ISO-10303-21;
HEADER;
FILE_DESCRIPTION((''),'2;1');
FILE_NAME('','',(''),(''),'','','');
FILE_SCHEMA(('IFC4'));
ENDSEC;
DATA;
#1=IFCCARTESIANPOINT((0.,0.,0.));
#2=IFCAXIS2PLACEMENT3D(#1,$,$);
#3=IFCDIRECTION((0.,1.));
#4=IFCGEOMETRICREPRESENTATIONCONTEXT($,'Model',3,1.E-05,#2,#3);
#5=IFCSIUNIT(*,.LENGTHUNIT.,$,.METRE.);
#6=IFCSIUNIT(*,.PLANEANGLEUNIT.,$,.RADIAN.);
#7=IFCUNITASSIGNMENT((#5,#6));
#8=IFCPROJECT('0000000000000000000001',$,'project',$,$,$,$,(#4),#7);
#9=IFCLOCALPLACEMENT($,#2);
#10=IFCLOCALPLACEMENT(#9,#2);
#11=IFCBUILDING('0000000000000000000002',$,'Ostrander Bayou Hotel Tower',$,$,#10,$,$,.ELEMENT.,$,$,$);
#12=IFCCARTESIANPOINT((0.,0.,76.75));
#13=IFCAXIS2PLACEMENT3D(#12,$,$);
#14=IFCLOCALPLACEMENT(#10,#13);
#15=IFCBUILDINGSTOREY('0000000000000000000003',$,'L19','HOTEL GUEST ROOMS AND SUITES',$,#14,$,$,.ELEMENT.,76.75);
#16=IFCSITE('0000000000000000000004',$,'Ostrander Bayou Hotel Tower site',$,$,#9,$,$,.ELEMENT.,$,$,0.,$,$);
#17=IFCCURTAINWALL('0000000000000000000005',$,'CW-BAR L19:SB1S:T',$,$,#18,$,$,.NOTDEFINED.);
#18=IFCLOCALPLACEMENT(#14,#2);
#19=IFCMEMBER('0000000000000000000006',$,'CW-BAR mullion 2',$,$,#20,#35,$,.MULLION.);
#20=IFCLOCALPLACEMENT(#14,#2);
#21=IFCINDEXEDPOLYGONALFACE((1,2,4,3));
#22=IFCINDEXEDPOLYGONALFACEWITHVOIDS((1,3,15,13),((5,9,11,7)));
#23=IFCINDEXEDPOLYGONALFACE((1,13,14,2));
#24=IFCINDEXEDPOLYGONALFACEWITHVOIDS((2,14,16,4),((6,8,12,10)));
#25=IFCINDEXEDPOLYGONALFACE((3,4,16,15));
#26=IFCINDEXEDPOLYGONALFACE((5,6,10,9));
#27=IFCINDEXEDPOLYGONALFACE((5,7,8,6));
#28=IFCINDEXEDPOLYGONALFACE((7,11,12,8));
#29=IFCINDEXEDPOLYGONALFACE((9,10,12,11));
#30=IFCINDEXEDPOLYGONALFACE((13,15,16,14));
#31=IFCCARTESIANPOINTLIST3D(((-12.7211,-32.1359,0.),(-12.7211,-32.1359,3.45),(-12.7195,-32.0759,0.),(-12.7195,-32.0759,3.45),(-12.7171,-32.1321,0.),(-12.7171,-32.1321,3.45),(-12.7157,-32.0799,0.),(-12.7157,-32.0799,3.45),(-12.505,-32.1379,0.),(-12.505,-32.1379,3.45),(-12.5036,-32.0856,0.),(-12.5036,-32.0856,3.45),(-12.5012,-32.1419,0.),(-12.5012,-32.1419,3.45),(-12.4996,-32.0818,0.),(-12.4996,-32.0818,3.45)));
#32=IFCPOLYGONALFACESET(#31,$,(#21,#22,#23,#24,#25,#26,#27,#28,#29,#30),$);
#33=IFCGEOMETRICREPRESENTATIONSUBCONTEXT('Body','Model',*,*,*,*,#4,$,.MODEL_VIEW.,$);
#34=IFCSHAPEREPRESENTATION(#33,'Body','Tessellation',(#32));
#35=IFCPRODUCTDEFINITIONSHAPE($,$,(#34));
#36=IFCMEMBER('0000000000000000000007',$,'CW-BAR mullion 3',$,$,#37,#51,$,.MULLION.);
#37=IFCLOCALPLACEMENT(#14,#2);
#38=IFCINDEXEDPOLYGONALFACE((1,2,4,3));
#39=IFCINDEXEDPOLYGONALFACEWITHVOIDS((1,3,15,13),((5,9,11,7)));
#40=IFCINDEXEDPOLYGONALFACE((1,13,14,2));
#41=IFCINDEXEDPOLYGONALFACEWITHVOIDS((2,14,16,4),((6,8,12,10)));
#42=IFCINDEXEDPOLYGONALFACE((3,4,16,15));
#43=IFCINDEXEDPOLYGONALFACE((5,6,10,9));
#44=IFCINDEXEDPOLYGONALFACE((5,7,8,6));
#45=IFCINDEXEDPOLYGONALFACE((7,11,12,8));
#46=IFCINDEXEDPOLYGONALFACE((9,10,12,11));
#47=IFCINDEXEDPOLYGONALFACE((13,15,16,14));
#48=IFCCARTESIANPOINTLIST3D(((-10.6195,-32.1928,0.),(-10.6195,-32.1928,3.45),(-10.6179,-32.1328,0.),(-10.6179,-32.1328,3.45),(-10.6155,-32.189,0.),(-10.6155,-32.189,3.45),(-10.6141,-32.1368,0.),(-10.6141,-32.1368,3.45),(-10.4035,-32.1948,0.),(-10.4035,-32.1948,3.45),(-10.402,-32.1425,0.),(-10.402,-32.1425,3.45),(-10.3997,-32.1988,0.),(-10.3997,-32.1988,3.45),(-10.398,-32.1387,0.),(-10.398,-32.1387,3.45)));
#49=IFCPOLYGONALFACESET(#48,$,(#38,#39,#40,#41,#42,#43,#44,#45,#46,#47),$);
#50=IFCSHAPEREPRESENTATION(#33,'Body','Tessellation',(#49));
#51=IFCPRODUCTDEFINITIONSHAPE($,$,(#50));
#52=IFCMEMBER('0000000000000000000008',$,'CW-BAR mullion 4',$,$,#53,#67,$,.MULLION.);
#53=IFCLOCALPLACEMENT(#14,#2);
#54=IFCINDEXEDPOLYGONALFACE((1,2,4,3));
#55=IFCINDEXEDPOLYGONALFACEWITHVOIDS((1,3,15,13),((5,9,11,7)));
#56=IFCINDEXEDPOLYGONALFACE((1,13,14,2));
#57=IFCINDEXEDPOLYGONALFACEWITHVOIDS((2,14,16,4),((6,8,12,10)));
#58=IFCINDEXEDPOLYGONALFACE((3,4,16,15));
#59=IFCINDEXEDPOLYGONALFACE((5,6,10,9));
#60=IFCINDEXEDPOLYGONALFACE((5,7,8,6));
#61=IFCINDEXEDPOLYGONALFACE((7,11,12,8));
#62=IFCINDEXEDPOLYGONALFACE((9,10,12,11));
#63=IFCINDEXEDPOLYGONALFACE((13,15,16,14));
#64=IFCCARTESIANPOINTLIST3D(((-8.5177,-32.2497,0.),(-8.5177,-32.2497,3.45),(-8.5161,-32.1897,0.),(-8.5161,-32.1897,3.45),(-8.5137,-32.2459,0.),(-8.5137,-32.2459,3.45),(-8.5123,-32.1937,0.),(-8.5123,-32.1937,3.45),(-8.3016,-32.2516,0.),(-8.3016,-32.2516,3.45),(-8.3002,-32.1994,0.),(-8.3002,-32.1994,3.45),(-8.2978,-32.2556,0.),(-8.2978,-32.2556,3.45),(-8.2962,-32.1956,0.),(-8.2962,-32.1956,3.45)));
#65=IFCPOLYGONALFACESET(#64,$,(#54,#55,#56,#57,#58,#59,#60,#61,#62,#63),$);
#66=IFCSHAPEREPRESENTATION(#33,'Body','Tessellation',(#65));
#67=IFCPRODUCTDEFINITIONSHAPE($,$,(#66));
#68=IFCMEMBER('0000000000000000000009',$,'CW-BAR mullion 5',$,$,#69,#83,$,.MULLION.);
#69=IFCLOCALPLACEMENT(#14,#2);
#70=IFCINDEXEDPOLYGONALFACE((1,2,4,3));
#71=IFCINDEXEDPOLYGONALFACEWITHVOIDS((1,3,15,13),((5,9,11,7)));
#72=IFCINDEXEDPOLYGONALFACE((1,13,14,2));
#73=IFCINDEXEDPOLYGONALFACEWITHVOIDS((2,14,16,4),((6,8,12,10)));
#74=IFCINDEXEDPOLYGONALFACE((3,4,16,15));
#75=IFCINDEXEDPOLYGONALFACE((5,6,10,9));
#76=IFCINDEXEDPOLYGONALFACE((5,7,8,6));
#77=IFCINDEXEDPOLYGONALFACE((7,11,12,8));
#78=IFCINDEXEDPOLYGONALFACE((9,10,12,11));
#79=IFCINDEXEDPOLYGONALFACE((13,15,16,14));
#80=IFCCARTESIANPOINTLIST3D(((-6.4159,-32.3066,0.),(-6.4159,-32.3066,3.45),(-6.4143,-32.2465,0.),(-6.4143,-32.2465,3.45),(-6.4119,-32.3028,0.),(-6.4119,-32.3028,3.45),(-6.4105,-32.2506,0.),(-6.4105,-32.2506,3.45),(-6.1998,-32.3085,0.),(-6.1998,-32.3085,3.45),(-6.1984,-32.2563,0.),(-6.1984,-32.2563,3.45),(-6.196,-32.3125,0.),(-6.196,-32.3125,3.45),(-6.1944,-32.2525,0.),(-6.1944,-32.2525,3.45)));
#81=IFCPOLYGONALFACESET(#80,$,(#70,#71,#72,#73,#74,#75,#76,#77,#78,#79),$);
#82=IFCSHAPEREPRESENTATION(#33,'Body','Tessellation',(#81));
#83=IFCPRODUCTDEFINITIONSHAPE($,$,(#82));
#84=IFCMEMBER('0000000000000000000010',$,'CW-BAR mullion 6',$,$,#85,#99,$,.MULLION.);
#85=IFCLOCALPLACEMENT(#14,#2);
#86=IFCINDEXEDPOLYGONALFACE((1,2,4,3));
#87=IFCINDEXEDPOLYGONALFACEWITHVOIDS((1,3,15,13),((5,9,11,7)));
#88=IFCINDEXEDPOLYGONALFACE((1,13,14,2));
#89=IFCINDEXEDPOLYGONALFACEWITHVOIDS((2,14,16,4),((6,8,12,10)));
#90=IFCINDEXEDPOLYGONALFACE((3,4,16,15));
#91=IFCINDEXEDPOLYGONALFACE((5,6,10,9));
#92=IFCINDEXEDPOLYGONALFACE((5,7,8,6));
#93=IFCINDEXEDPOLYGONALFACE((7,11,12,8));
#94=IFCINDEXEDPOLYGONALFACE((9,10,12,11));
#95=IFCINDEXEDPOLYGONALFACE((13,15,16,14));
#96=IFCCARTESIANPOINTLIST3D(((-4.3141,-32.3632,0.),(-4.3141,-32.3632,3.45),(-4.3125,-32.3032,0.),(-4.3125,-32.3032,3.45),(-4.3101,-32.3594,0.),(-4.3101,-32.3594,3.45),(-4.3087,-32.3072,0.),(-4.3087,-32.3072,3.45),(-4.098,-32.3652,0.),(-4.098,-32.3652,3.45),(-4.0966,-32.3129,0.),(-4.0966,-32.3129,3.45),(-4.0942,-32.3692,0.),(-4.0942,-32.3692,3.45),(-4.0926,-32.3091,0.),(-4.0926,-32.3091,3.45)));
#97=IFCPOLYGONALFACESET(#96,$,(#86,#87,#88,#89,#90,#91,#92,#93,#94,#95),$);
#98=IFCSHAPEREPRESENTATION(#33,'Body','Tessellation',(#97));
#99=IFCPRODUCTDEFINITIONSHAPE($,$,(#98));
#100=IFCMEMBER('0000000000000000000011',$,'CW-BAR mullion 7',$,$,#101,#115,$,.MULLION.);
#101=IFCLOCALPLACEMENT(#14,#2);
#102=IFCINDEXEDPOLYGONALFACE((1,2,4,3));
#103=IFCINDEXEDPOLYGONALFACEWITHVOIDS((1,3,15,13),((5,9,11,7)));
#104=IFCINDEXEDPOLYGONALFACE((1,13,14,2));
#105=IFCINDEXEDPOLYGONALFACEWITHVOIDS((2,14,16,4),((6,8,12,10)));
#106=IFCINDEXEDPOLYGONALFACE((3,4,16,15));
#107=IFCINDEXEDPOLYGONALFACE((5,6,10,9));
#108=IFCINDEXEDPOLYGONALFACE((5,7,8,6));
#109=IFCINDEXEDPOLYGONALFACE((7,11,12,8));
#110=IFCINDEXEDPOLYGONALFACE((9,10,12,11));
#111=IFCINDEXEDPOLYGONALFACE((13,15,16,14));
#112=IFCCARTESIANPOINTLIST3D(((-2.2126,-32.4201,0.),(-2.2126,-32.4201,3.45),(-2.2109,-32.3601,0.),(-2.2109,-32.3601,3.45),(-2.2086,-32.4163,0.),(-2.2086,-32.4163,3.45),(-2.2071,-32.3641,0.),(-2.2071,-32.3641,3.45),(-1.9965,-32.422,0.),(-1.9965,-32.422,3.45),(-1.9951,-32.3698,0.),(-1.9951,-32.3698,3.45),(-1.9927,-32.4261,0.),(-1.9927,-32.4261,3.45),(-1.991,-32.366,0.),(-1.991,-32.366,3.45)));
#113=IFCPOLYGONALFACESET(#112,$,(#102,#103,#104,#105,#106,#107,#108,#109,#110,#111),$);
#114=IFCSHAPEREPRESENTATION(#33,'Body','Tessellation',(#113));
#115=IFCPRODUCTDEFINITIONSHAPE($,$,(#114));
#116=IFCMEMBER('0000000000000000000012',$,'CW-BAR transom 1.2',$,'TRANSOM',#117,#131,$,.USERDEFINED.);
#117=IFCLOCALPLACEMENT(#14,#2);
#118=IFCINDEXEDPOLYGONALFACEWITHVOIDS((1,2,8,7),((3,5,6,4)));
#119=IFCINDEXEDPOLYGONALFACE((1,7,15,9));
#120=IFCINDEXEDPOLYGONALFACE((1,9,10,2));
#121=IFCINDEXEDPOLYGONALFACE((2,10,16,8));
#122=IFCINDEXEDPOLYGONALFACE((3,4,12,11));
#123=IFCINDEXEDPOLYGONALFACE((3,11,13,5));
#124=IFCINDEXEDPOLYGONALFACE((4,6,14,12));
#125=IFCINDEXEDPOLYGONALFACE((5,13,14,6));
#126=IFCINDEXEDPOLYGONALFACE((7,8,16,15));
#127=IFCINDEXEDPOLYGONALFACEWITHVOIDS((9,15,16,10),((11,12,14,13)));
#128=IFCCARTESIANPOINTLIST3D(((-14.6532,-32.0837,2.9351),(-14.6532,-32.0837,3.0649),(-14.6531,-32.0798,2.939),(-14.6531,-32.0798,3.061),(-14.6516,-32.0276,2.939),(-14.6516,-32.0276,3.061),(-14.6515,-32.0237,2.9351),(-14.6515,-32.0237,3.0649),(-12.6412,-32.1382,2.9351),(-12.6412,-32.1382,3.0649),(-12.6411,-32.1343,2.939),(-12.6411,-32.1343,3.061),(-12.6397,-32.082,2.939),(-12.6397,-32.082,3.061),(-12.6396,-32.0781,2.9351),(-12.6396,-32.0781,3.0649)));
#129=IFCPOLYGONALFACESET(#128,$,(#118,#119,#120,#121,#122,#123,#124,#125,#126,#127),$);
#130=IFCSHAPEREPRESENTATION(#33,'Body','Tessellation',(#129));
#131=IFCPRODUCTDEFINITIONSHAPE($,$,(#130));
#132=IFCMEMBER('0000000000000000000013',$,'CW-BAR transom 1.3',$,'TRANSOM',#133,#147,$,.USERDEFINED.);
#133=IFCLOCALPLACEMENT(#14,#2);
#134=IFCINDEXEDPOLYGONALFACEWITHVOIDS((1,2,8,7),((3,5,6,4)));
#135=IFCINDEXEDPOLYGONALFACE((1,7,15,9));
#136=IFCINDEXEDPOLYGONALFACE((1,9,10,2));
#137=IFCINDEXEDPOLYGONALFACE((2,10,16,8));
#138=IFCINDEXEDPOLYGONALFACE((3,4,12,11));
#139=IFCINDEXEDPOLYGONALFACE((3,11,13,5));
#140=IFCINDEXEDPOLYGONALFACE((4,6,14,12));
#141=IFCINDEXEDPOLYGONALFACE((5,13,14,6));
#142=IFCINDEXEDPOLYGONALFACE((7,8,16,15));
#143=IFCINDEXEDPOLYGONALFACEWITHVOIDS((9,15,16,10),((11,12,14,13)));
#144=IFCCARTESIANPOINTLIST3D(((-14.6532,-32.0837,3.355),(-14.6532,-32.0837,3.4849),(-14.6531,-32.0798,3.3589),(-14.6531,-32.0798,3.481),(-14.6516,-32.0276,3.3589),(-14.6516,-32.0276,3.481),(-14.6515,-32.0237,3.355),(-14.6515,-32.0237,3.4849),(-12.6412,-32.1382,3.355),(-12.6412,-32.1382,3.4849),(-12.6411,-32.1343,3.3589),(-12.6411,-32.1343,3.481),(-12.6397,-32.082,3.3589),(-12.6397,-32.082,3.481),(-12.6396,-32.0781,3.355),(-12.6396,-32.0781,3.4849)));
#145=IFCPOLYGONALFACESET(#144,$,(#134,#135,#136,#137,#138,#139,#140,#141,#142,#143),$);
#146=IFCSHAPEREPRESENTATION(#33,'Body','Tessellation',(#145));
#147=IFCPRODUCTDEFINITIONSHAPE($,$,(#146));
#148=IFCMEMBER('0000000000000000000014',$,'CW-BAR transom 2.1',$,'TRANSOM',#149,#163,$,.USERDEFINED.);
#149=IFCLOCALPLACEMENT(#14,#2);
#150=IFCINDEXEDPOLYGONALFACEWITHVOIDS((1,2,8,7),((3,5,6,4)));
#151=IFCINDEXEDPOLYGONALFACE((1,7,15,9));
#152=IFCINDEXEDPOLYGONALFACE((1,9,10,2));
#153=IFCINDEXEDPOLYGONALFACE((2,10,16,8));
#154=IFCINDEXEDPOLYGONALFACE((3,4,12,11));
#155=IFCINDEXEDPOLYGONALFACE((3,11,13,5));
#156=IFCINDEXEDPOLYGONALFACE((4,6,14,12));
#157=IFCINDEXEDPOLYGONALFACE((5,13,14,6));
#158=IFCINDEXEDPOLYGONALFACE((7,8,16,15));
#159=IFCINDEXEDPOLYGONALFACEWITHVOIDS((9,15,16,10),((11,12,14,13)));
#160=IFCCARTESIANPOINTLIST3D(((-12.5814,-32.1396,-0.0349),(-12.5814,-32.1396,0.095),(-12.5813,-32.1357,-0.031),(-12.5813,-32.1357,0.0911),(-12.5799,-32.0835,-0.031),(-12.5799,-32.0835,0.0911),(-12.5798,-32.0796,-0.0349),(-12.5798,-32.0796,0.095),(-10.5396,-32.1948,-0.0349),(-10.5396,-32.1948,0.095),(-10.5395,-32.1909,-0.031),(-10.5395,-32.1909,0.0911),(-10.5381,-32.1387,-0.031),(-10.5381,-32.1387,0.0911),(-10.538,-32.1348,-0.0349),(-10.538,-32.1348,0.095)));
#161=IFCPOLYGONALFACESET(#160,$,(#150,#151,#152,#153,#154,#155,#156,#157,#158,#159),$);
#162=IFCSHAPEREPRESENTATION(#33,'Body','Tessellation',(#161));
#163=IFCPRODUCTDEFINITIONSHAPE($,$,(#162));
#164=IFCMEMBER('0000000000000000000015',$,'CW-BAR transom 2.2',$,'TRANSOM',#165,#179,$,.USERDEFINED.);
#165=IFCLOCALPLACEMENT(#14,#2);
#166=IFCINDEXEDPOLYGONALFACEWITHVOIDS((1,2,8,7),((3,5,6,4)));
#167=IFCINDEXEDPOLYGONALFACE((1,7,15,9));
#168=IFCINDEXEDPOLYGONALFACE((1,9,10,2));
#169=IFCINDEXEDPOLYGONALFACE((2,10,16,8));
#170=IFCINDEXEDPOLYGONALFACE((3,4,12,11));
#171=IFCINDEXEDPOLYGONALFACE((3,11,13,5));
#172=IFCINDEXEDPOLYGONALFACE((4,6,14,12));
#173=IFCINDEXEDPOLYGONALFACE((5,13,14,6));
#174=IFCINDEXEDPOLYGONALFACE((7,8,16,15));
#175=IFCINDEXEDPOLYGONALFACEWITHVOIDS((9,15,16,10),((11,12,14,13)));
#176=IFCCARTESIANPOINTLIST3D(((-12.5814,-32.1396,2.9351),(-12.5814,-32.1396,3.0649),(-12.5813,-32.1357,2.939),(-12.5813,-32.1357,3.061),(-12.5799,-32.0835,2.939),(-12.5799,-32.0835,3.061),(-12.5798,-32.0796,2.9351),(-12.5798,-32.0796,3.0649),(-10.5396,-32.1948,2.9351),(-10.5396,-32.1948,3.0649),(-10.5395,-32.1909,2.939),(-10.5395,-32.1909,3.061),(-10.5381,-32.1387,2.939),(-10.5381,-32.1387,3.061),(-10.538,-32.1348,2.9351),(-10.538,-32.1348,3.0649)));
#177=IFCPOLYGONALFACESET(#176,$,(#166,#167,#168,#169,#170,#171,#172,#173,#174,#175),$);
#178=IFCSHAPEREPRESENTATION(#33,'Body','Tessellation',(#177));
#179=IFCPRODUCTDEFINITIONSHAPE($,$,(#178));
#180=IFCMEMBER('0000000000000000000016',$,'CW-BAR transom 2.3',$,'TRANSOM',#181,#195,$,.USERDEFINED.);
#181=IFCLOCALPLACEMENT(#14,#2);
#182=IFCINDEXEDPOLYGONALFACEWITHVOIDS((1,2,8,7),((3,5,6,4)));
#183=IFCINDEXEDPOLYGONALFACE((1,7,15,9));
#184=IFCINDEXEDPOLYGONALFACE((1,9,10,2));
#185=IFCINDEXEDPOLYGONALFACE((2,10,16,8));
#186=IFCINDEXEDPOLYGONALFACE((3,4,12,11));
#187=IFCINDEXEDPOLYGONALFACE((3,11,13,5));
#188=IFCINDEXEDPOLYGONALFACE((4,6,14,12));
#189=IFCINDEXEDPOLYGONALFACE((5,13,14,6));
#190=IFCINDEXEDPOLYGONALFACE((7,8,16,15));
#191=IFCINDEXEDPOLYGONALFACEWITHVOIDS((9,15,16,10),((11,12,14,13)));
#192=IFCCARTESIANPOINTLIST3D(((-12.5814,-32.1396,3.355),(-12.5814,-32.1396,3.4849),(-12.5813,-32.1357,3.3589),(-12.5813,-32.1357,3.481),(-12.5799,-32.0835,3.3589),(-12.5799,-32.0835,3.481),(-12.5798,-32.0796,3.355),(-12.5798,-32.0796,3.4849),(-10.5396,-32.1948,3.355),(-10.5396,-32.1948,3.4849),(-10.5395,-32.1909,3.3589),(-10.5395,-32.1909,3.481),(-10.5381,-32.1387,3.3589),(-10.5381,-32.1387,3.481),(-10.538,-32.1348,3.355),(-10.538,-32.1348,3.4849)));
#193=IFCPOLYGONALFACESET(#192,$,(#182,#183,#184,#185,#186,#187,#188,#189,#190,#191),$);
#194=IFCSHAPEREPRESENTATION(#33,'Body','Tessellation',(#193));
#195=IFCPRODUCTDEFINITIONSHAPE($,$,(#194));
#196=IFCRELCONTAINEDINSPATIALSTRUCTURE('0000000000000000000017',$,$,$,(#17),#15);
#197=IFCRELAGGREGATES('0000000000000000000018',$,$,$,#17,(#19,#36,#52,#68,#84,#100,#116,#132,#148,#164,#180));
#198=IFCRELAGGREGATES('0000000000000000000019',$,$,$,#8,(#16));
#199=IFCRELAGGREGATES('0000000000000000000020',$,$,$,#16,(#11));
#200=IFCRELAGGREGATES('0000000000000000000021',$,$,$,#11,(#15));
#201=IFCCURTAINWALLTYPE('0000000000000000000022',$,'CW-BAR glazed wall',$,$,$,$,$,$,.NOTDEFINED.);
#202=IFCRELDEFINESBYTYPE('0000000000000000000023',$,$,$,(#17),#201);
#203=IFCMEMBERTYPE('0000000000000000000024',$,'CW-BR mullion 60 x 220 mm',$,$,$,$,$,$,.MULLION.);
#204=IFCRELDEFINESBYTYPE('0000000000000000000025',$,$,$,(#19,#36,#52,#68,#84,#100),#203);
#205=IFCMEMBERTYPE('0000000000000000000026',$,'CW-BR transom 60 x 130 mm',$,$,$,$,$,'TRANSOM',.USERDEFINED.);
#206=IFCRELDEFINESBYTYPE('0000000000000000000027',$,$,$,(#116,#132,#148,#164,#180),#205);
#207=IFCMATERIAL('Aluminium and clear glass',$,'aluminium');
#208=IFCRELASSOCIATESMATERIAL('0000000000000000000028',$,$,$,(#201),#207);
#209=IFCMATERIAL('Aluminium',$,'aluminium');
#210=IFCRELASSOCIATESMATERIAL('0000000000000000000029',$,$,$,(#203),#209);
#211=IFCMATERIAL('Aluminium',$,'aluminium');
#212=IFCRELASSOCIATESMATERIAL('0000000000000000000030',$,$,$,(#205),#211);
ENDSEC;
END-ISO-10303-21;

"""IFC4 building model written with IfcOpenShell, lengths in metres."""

from ifc_helpers import new_model, si_unit, direction, frame, origin, origin_2d, place, context, subcontext, project, spatial, hollow_rectangle, extrude, material, material_profile, profile_set, type_object, element, aggregate, save


model = new_model("IFC4")

# Units and contexts
model_context = context("Model", 3, precision=1e-05, world=origin(), true_north=direction((0.0, 1.0)))
body_context = subcontext(model_context, "Body", "Model", "MODEL_VIEW")
ifc_project = project(units=[si_unit("LENGTHUNIT", "METRE"), si_unit("PLANEANGLEUNIT", "RADIAN")], contexts=[model_context])

# Site, building, storey
site_placement = place(None, origin())
site = spatial("IfcSite", under=ifc_project, at=site_placement, Name="Ostrander Bayou Hotel Tower site", CompositionType="ELEMENT", RefElevation=0.0)
building_placement = place(site_placement, origin())
building = spatial("IfcBuilding", under=site, at=building_placement, Name="Ostrander Bayou Hotel Tower", CompositionType="ELEMENT")
storey_placement = place(building_placement, frame((0.0, 0.0, 76.75)))
storey = spatial("IfcBuildingStorey", under=building, at=storey_placement, Name="L19", Description="HOTEL GUEST ROOMS AND SUITES", CompositionType="ELEMENT", Elevation=76.75)

# Curtain wall, members
ifc_material_1 = material(Name="Aluminium and clear glass", Category="aluminium")
curtain_wall_type = type_object("IfcCurtainWallType", Name="CW-BAR glazed wall", PredefinedType="NOTDEFINED", material=ifc_material_1)
curtain_wall_placement = place(storey_placement, origin())
curtain_wall = element("IfcCurtainWall", 1, at=curtain_wall_placement, inside=storey, type_object=curtain_wall_type, Name="CW-BAR L19:SB1S:T", PredefinedType="NOTDEFINED")
ifc_material_2 = material(Name="Aluminium", Category="aluminium")
ifc_material_profile_1 = material_profile(ifc_material_2, hollow_rectangle(XDim=0.0601, YDim=0.22, WallThickness=0.0039, at=origin_2d()))
ifc_profile_set_1 = profile_set([ifc_material_profile_1], Name="Aluminium")
member_type_1 = type_object("IfcMemberType", Name="CW-BR mullion 60 x 220 mm", PredefinedType="MULLION", material=ifc_profile_set_1)
member_1_placement = place(storey_placement, frame((-12.6104, -32.1089, 0.0), z_axis=(0.0, 0.0, 1.0), x_axis=(0.027042, 0.999634, 0.0)))
member_1 = element("IfcMember", 2, at=member_1_placement, type_object=member_type_1, Name="CW-BAR mullion 2", PredefinedType="MULLION", context=body_context, shape_type="SweptSolid", body=[
    extrude(hollow_rectangle(XDim=0.0601, YDim=0.22, WallThickness=0.0039, at=origin_2d()), origin(), (0.0, 0.0, 1.0), 3.45),
])
member_2_placement = place(storey_placement, frame((-10.5088, -32.1658, 0.0), z_axis=(0.0, 0.0, 1.0), x_axis=(0.027042, 0.999634, 0.0)))
member_2 = element("IfcMember", 3, at=member_2_placement, type_object=member_type_1, Name="CW-BAR mullion 3", PredefinedType="MULLION", context=body_context, shape_type="SweptSolid", body=[
    extrude(hollow_rectangle(XDim=0.0601, YDim=0.22, WallThickness=0.0039, at=origin_2d()), origin(), (0.0, 0.0, 1.0), 3.45),
])
member_3_placement = place(storey_placement, frame((-8.407, -32.2227, 0.0), z_axis=(0.0, 0.0, 1.0), x_axis=(0.027042, 0.999634, 0.0)))
member_3 = element("IfcMember", 4, at=member_3_placement, type_object=member_type_1, Name="CW-BAR mullion 4", PredefinedType="MULLION", context=body_context, shape_type="SweptSolid", body=[
    extrude(hollow_rectangle(XDim=0.0601, YDim=0.22, WallThickness=0.0039, at=origin_2d()), origin(), (0.0, 0.0, 1.0), 3.45),
])
member_4_placement = place(storey_placement, frame((-6.3052, -32.2795, 0.0), z_axis=(0.0, 0.0, 1.0), x_axis=(0.027042, 0.999634, 0.0)))
member_4 = element("IfcMember", 5, at=member_4_placement, type_object=member_type_1, Name="CW-BAR mullion 5", PredefinedType="MULLION", context=body_context, shape_type="SweptSolid", body=[
    extrude(hollow_rectangle(XDim=0.0601, YDim=0.22, WallThickness=0.0039, at=origin_2d()), origin(), (0.0, 0.0, 1.0), 3.45),
])
member_5_placement = place(storey_placement, frame((-4.2034, -32.3362, 0.0), z_axis=(0.0, 0.0, 1.0), x_axis=(0.027042, 0.999634, 0.0)))
member_5 = element("IfcMember", 6, at=member_5_placement, type_object=member_type_1, Name="CW-BAR mullion 6", PredefinedType="MULLION", context=body_context, shape_type="SweptSolid", body=[
    extrude(hollow_rectangle(XDim=0.0601, YDim=0.22, WallThickness=0.0039, at=origin_2d()), origin(), (0.0, 0.0, 1.0), 3.45),
])
member_6_placement = place(storey_placement, frame((-2.1018, -32.3931, 0.0), z_axis=(0.0, 0.0, 1.0), x_axis=(0.027042, 0.999634, 0.0)))
member_6 = element("IfcMember", 7, at=member_6_placement, type_object=member_type_1, Name="CW-BAR mullion 7", PredefinedType="MULLION", context=body_context, shape_type="SweptSolid", body=[
    extrude(hollow_rectangle(XDim=0.0601, YDim=0.22, WallThickness=0.0039, at=origin_2d()), origin(), (0.0, 0.0, 1.0), 3.45),
])
ifc_material_3 = material(Name="Aluminium", Category="aluminium")
ifc_material_profile_2 = material_profile(ifc_material_3, hollow_rectangle(XDim=0.0601, YDim=0.1299, WallThickness=0.0039, at=origin_2d()))
ifc_profile_set_2 = profile_set([ifc_material_profile_2], Name="Aluminium")
member_type_2 = type_object("IfcMemberType", Name="CW-BR transom 60 x 130 mm", ElementType="TRANSOM", PredefinedType="USERDEFINED", material=ifc_profile_set_2)
member_7_placement = place(storey_placement, frame((-14.6523, -32.0537, 3.0), z_axis=(0.999634, -0.02705, 0.0), x_axis=(0.02705, 0.999634, 0.0)))
member_7 = element("IfcMember", 8, at=member_7_placement, type_object=member_type_2, Name="CW-BAR transom 1.2", ObjectType="TRANSOM", PredefinedType="USERDEFINED", context=body_context, shape_type="SweptSolid", body=[
    extrude(hollow_rectangle(XDim=0.0601, YDim=0.1299, WallThickness=0.0039, at=origin_2d()), origin(), (0.0, 0.0, 1.0), 2.0127),
])
member_8_placement = place(storey_placement, frame((-14.6523, -32.0537, 3.4199), z_axis=(0.999634, -0.02705, 0.0), x_axis=(0.02705, 0.999634, 0.0)))
member_8 = element("IfcMember", 9, at=member_8_placement, type_object=member_type_2, Name="CW-BAR transom 1.3", ObjectType="TRANSOM", PredefinedType="USERDEFINED", context=body_context, shape_type="SweptSolid", body=[
    extrude(hollow_rectangle(XDim=0.0601, YDim=0.1299, WallThickness=0.0039, at=origin_2d()), origin(), (0.0, 0.0, 1.0), 2.0127),
])
member_9_placement = place(storey_placement, frame((-12.5806, -32.1096, 0.03), z_axis=(0.999635, -0.027014, 0.0), x_axis=(0.027014, 0.999635, 0.0)))
member_9 = element("IfcMember", 10, at=member_9_placement, type_object=member_type_2, Name="CW-BAR transom 2.1", ObjectType="TRANSOM", PredefinedType="USERDEFINED", context=body_context, shape_type="SweptSolid", body=[
    extrude(hollow_rectangle(XDim=0.0601, YDim=0.1299, WallThickness=0.0039, at=origin_2d()), origin(), (0.0, 0.0, 1.0), 2.0425),
])
member_10_placement = place(storey_placement, frame((-12.5806, -32.1096, 3.0), z_axis=(0.999635, -0.027014, 0.0), x_axis=(0.027014, 0.999635, 0.0)))
member_10 = element("IfcMember", 11, at=member_10_placement, type_object=member_type_2, Name="CW-BAR transom 2.2", ObjectType="TRANSOM", PredefinedType="USERDEFINED", context=body_context, shape_type="SweptSolid", body=[
    extrude(hollow_rectangle(XDim=0.0601, YDim=0.1299, WallThickness=0.0039, at=origin_2d()), origin(), (0.0, 0.0, 1.0), 2.0425),
])
member_11_placement = place(storey_placement, frame((-12.5806, -32.1096, 3.4199), z_axis=(0.999635, -0.027014, 0.0), x_axis=(0.027014, 0.999635, 0.0)))
member_11 = element("IfcMember", 12, at=member_11_placement, type_object=member_type_2, Name="CW-BAR transom 2.3", ObjectType="TRANSOM", PredefinedType="USERDEFINED", context=body_context, shape_type="SweptSolid", body=[
    extrude(hollow_rectangle(XDim=0.0601, YDim=0.1299, WallThickness=0.0039, at=origin_2d()), origin(), (0.0, 0.0, 1.0), 2.0425),
])
aggregate(curtain_wall, [member_1, member_2, member_3, member_4, member_5, member_6, member_7, member_8, member_9, member_10, member_11])

save(model, "model.ifc")
